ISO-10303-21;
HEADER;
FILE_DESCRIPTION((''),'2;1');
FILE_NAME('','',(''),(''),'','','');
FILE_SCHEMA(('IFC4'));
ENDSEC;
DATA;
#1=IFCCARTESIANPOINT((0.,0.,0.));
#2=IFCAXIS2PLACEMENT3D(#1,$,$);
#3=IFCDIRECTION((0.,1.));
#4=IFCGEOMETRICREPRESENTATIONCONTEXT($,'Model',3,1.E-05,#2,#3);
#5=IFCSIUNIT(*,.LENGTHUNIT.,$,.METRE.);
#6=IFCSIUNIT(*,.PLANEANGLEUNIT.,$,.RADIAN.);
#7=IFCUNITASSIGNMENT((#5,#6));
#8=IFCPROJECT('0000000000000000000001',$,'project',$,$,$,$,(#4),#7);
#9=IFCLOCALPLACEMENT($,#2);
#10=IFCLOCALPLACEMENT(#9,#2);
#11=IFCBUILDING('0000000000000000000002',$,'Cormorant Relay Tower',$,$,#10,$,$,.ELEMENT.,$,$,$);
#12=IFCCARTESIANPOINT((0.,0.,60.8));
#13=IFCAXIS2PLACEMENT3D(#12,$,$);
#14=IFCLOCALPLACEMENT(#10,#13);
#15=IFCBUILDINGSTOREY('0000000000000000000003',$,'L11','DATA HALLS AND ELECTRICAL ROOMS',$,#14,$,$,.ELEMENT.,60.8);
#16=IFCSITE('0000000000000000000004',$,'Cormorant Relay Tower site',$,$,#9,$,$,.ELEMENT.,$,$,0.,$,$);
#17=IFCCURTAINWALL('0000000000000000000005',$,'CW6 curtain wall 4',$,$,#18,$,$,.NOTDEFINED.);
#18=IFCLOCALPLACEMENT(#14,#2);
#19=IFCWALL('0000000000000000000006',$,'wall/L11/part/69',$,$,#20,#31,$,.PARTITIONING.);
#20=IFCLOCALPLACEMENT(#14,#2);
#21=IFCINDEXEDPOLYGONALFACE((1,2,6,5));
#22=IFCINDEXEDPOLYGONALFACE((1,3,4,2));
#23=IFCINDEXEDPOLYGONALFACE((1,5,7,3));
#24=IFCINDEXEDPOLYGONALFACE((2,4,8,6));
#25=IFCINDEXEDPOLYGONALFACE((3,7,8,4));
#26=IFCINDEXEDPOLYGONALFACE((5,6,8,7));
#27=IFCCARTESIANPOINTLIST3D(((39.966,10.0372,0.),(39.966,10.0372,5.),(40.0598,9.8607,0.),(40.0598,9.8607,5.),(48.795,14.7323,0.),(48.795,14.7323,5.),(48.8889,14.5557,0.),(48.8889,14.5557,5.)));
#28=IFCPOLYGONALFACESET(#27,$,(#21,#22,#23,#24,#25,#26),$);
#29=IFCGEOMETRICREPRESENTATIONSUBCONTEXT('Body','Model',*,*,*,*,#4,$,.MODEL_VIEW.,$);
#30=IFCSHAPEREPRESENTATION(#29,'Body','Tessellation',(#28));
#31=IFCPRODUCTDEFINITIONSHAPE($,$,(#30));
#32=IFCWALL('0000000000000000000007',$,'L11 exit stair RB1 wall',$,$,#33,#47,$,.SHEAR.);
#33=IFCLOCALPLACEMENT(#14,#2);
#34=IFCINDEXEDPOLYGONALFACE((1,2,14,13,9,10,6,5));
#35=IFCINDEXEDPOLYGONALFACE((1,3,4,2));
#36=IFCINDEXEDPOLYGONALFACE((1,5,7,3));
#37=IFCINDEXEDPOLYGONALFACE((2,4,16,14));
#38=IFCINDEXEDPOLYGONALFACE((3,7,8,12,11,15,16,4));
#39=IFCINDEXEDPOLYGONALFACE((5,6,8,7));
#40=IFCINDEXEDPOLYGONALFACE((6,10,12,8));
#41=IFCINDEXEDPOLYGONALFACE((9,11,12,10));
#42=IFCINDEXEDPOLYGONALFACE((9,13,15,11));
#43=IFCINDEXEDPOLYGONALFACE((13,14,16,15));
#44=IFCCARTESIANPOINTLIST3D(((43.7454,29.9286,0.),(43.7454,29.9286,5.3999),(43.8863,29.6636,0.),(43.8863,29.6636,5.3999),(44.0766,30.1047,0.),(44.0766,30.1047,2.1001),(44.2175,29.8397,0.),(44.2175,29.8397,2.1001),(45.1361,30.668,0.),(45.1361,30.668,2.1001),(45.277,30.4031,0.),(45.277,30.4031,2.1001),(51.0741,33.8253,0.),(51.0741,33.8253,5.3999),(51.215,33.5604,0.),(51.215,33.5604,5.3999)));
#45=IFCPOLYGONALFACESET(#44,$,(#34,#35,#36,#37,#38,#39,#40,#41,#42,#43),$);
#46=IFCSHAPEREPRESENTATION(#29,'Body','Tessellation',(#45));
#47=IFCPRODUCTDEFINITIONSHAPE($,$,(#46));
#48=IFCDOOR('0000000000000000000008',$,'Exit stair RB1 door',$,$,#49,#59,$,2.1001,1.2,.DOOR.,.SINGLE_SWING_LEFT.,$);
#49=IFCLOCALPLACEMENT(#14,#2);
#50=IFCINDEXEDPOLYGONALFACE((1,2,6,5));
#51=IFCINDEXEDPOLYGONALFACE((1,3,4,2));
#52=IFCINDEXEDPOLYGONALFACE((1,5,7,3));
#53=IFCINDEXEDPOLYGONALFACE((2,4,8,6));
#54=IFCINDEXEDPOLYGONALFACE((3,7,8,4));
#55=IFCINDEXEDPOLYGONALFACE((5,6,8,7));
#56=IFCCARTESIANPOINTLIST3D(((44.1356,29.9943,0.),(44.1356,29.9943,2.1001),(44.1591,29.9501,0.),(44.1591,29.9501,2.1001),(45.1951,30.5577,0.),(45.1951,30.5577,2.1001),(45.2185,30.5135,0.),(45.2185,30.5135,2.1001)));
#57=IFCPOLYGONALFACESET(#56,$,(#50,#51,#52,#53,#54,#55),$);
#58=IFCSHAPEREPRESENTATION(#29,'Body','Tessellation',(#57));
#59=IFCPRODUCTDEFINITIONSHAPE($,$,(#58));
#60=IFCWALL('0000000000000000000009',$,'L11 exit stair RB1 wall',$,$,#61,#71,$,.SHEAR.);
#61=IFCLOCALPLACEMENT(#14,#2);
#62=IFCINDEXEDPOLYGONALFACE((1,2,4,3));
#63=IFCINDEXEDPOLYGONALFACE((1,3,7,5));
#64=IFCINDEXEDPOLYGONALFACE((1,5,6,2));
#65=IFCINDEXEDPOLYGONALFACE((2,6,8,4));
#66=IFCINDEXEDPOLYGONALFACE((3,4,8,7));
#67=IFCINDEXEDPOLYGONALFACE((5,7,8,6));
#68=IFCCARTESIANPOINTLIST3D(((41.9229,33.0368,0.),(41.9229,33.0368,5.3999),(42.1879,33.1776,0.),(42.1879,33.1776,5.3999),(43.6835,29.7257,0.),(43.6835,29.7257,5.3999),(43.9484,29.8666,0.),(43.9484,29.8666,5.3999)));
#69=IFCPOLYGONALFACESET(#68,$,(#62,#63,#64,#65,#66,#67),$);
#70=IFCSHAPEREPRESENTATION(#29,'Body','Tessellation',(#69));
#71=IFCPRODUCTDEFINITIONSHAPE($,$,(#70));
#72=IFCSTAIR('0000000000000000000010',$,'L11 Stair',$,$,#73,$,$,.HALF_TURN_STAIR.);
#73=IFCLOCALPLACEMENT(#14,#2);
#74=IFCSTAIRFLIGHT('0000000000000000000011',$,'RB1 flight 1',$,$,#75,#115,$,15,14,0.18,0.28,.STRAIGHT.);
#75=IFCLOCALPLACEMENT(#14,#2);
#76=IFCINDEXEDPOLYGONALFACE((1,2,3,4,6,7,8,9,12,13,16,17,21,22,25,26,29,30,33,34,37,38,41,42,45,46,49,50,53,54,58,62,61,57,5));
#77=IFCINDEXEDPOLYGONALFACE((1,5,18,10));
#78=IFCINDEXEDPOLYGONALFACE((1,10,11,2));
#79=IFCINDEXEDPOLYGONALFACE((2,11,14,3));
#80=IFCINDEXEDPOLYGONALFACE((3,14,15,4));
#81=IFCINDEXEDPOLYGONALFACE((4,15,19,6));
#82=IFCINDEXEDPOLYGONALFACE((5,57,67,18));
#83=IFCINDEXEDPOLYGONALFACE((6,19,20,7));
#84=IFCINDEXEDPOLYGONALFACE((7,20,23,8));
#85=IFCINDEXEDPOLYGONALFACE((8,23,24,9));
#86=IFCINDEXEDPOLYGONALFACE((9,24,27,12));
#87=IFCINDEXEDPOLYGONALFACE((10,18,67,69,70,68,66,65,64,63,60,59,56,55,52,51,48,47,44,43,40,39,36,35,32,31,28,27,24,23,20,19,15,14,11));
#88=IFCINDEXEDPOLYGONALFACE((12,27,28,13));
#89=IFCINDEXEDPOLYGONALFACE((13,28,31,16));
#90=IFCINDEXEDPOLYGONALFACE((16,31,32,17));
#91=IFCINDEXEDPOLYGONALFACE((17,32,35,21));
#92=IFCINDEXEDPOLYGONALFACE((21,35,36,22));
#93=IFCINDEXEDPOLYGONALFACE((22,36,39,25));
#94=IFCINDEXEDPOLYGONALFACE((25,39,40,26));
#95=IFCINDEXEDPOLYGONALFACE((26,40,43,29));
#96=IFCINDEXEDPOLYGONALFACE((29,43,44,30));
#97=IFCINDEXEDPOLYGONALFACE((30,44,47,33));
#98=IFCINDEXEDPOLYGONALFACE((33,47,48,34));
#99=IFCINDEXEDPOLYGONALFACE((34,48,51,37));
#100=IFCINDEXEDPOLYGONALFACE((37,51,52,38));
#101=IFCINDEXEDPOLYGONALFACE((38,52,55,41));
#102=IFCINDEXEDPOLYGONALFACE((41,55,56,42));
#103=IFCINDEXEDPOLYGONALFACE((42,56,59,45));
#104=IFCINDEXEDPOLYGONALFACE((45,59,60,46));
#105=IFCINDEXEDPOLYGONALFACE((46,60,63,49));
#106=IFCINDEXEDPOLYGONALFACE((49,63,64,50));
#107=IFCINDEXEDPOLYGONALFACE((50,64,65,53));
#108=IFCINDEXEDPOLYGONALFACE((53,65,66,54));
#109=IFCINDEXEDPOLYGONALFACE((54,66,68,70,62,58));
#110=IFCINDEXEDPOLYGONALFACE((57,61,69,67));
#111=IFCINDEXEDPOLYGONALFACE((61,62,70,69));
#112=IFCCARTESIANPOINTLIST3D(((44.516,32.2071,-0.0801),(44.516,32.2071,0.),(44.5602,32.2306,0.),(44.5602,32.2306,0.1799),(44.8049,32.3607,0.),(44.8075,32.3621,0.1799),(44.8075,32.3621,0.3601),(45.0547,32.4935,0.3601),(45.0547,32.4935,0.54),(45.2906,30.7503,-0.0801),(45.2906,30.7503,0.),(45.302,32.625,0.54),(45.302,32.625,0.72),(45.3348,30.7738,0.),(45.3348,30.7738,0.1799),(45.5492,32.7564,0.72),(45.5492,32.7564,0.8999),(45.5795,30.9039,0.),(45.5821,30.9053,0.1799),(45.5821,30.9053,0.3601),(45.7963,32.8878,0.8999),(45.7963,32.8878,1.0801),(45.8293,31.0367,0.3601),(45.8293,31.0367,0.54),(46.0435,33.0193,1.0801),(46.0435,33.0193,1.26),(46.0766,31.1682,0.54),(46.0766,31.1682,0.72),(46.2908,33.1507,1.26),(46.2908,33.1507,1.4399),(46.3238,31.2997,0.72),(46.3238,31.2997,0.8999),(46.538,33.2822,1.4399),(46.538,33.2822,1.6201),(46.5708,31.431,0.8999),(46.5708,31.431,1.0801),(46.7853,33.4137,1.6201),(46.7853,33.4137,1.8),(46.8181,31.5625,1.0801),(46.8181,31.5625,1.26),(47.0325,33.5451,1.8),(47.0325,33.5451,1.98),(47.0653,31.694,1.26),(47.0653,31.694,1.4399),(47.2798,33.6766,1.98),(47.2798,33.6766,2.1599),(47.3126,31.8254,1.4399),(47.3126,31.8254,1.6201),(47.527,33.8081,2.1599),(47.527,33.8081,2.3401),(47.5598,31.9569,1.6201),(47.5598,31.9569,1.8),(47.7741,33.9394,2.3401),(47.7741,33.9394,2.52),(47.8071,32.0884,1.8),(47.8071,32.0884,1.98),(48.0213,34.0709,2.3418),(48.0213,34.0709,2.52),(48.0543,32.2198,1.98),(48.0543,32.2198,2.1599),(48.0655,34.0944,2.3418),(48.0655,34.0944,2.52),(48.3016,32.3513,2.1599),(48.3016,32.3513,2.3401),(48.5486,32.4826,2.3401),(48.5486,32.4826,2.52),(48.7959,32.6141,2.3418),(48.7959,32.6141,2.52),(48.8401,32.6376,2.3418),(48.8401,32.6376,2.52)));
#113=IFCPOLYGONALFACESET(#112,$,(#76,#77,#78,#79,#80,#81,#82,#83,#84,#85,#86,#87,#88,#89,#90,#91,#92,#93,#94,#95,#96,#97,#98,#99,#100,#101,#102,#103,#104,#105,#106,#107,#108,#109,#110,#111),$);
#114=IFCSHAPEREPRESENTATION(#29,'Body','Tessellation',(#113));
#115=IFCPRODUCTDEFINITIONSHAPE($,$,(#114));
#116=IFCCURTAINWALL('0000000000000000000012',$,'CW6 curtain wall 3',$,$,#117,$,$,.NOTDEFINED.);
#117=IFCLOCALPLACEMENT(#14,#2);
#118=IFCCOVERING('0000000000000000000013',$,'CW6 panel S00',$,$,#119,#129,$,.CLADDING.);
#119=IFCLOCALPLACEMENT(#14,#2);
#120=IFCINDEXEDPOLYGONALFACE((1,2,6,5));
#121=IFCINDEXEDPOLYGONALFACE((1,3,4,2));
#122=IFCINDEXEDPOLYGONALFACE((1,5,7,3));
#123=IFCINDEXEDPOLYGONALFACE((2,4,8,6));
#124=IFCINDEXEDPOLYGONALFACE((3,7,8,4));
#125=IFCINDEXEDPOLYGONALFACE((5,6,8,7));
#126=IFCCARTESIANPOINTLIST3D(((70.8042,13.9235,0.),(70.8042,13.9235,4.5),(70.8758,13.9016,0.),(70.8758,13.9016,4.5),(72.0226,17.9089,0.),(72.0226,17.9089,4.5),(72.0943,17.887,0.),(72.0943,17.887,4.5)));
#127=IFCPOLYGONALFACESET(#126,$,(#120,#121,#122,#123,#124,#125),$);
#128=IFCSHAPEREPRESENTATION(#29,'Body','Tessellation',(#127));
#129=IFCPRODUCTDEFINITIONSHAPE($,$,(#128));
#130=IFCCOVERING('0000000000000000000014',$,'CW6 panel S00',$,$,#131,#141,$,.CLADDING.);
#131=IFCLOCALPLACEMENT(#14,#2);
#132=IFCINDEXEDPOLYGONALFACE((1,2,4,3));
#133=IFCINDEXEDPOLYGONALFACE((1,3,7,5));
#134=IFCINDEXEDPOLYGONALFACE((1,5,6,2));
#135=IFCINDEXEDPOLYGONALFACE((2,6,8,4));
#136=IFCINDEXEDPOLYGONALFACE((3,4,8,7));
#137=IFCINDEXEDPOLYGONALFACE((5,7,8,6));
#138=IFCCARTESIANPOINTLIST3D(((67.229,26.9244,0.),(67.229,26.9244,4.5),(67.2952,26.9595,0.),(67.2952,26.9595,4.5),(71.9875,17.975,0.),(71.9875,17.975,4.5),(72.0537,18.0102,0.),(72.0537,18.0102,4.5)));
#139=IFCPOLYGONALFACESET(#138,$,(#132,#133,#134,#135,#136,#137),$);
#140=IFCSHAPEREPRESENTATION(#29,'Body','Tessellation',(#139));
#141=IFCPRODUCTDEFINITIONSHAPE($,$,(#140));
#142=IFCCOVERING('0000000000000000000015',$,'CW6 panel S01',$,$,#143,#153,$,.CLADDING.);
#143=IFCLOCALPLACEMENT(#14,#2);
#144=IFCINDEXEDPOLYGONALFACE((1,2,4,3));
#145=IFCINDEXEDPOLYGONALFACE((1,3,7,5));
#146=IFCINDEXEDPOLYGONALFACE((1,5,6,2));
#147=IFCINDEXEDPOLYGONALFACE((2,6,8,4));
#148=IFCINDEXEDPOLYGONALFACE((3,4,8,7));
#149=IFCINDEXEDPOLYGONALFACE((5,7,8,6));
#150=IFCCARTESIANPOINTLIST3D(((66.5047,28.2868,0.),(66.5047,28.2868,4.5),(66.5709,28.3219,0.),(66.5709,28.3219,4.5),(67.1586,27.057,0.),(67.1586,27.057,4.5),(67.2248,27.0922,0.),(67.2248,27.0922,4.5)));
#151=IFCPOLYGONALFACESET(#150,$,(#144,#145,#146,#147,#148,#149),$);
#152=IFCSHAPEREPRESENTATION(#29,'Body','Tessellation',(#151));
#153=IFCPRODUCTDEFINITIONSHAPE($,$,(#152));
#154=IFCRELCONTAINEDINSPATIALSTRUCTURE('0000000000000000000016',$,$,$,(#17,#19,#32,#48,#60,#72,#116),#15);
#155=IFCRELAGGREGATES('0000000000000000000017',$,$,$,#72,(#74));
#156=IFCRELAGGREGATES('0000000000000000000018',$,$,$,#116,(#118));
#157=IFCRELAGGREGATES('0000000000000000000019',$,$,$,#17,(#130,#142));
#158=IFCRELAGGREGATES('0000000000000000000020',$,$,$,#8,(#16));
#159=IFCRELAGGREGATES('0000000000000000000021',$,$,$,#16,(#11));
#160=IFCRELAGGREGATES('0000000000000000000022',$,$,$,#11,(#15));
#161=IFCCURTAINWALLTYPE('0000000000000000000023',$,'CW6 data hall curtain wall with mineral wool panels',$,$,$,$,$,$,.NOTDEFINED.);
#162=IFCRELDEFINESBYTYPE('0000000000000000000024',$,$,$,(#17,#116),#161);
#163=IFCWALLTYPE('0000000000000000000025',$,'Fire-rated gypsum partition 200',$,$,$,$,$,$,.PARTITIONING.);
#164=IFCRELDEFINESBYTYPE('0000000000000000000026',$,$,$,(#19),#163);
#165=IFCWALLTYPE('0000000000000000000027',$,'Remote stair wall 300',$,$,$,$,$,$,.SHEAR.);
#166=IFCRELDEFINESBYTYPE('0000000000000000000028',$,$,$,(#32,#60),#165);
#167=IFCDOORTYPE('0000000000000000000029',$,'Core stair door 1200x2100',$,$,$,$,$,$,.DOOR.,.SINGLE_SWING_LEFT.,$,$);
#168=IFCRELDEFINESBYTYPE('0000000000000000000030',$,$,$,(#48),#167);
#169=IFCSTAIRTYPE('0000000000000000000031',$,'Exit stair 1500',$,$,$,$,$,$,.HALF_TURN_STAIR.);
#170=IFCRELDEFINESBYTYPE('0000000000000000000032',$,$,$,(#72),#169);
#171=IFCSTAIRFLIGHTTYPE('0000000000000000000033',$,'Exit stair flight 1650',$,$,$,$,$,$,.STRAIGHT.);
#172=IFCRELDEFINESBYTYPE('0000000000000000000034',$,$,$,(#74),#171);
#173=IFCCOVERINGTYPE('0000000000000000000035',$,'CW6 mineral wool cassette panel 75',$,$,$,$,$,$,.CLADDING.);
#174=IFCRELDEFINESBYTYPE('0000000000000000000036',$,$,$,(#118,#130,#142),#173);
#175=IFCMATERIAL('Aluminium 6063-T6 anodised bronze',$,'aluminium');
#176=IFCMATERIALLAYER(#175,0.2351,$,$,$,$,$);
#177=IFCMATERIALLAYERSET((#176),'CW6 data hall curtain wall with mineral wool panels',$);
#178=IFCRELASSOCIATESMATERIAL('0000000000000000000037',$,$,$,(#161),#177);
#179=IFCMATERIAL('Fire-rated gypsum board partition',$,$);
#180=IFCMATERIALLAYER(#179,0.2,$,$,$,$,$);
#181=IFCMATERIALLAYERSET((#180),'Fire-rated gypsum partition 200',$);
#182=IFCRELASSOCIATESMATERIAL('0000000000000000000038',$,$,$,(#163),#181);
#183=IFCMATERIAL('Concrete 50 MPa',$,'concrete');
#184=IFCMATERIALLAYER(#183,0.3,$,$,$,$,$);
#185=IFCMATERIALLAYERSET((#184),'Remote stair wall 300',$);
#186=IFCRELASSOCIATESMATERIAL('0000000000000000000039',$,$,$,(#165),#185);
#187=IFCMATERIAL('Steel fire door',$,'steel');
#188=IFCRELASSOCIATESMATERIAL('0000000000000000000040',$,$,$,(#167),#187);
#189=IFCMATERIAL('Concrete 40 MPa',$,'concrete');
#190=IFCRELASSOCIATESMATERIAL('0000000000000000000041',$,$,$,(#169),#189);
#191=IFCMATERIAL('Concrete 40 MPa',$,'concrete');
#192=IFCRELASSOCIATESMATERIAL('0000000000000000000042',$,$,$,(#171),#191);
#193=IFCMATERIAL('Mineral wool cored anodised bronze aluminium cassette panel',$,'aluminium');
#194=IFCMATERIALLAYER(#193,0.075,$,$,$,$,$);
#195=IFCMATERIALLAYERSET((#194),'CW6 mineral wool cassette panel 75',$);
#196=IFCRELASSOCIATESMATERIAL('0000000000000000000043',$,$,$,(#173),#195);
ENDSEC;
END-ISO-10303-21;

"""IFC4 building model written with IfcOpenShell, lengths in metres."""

from ifc_helpers import new_model, si_unit, direction, frame, frame_2d, origin, origin_2d, place, context, subcontext, project, spatial, polyline, rectangle, outline, extrude, material, layer, layer_set, type_object, element, fill, aggregate, save


model = new_model("IFC4")

# Units and contexts
model_context = context("Model", 3, precision=1e-05, world=origin(), true_north=direction((0.0, 1.0)))
body_context = subcontext(model_context, "Body", "Model", "MODEL_VIEW")
ifc_project = project(units=[si_unit("LENGTHUNIT", "METRE"), si_unit("PLANEANGLEUNIT", "RADIAN")], contexts=[model_context])

# Site, building, storey
site_placement = place(None, origin())
site = spatial("IfcSite", under=ifc_project, at=site_placement, Name="Cormorant Relay Tower site", CompositionType="ELEMENT", RefElevation=0.0)
building_placement = place(site_placement, origin())
building = spatial("IfcBuilding", under=site, at=building_placement, Name="Cormorant Relay Tower", CompositionType="ELEMENT")
storey_placement = place(building_placement, frame((0.0, 0.0, 60.8)))
storey = spatial("IfcBuildingStorey", under=building, at=storey_placement, Name="L11", Description="DATA HALLS AND ELECTRICAL ROOMS", CompositionType="ELEMENT", Elevation=60.8)

# Curtain wall
ifc_material_1 = material(Name="Aluminium 6063-T6 anodised bronze", Category="aluminium")
ifc_layer_1 = layer(ifc_material_1, 0.2351)
ifc_layer_set_1 = layer_set([ifc_layer_1], Name="CW6 data hall curtain wall with mineral wool panels")
curtain_wall_type = type_object("IfcCurtainWallType", Name="CW6 data hall curtain wall with mineral wool panels", PredefinedType="NOTDEFINED", material=ifc_layer_set_1)
curtain_wall_1_placement = place(storey_placement, origin())
curtain_wall_1 = element("IfcCurtainWall", 1, at=curtain_wall_1_placement, inside=storey, type_object=curtain_wall_type, Name="CW6 curtain wall 4", PredefinedType="NOTDEFINED")

# Shared definitions
ifc_material_2 = material(Name="Fire-rated gypsum board partition")
ifc_layer_2 = layer(ifc_material_2, 0.2)
ifc_layer_set_2 = layer_set([ifc_layer_2], Name="Fire-rated gypsum partition 200")
wall_type_1 = type_object("IfcWallType", Name="Fire-rated gypsum partition 200", PredefinedType="PARTITIONING", material=ifc_layer_set_2)

# Wall
wall_1_placement = place(storey_placement, frame((48.842, 14.644, 0.0), z_axis=(0.0, 0.0, 1.0), x_axis=(-0.882925, -0.469515, 0.0)))
element("IfcWall", 2, at=wall_1_placement, inside=storey, type_object=wall_type_1, Name="wall/L11/part/69", PredefinedType="PARTITIONING", context=body_context, shape_type="SweptSolid", body=[
    extrude(rectangle(XDim=9.9998, YDim=0.2, at=frame_2d((5.0, 0.0))), origin(), (0.0, 0.0, 1.0), 5.0),
])

# Wall, opening, door
ifc_material_3 = material(Name="Concrete 50 MPa", Category="concrete")
ifc_layer_3 = layer(ifc_material_3, 0.3)
ifc_layer_set_3 = layer_set([ifc_layer_3], Name="Remote stair wall 300")
wall_type_2 = type_object("IfcWallType", Name="Remote stair wall 300", PredefinedType="SHEAR", material=ifc_layer_set_3)
wall_2_placement = place(storey_placement, frame((51.1445, 33.6929, 0.0), z_axis=(0.0, 0.0, 1.0), x_axis=(-0.882946, -0.469475, 0.0)))
wall_2 = element("IfcWall", 3, at=wall_2_placement, inside=storey, type_object=wall_type_2, Name="L11 exit stair RB1 wall", PredefinedType="SHEAR", context=body_context, shape_type="SweptSolid", body=[
    extrude(rectangle(XDim=8.3003, YDim=0.3, at=frame_2d((4.1501, 0.0))), origin(), (0.0, 0.0, 1.0), 5.3999),
])
opening_1_placement = place(wall_2_placement, frame((6.7251, 0.0, 0.0)))
opening_1 = element("IfcOpeningElement", 4, at=opening_1_placement, cuts=wall_2, PredefinedType="OPENING", context=body_context, shape_type="SweptSolid", body=[
    extrude(rectangle(XDim=1.2, YDim=2.1001, at=frame_2d((0.6001, 1.05))), frame((0.0, 0.1599, 0.0), z_axis=(0.0, -1.0, 0.0), x_axis=(1.0, 0.0, 0.0)), (0.0, 0.0, 1.0), 0.3201),
])
ifc_material_4 = material(Name="Steel fire door", Category="steel")
door_type_1 = type_object("IfcDoorType", Name="Core stair door 1200x2100", OperationType="SINGLE_SWING_LEFT", PredefinedType="DOOR", material=ifc_material_4)
door_1_placement = place(opening_1_placement, frame((1.2, 0.0, 0.0), z_axis=(0.0, 0.0, 1.0), x_axis=(-1.0, 0.0, 0.0)))
door_1 = element("IfcDoor", 5, at=door_1_placement, inside=storey, type_object=door_type_1, Name="Exit stair RB1 door", OperationType="SINGLE_SWING_LEFT", OverallHeight=2.1001, OverallWidth=1.2, PredefinedType="DOOR", context=body_context, shape_type="SweptSolid", body=[
    extrude(rectangle(XDim=1.2, YDim=2.1001, at=frame_2d((0.6001, 1.05))), frame((0.0, 0.0249, 0.0), z_axis=(0.0, -1.0, 0.0), x_axis=(1.0, 0.0, 0.0)), (0.0, 0.0, 1.0), 0.05),
])
fill(opening_1, door_1)

# Wall
wall_3_placement = place(storey_placement, frame((43.8159, 29.7961, 0.0), z_axis=(0.0, 0.0, 1.0), x_axis=(-0.469469, 0.882949, 0.0)))
element("IfcWall", 6, at=wall_3_placement, inside=storey, type_object=wall_type_2, Name="L11 exit stair RB1 wall", PredefinedType="SHEAR", context=body_context, shape_type="SweptSolid", body=[
    extrude(rectangle(XDim=3.75, YDim=0.3, at=frame_2d((1.875, 0.0))), origin(), (0.0, 0.0, 1.0), 5.3999),
])

# Stair, stair flight
ifc_material_5 = material(Name="Concrete 40 MPa", Category="concrete")
stair_type = type_object("IfcStairType", Name="Exit stair 1500", PredefinedType="HALF_TURN_STAIR", material=ifc_material_5)
stair_placement = place(storey_placement, origin())
stair = element("IfcStair", 7, at=stair_placement, inside=storey, type_object=stair_type, Name="L11 Stair", PredefinedType="HALF_TURN_STAIR")
ifc_material_6 = material(Name="Concrete 40 MPa", Category="concrete")
stair_flight_type = type_object("IfcStairFlightType", Name="Exit stair flight 1650", PredefinedType="STRAIGHT", material=ifc_material_6)
stair_flight_placement = place(storey_placement, frame((44.9475, 31.5022, 0.0), z_axis=(0.0, 0.0, 1.0), x_axis=(0.882948, 0.469472, 0.0)))
stair_flight = element("IfcStairFlight", 8, at=stair_flight_placement, type_object=stair_flight_type, Name="RB1 flight 1", NumberOfRisers=15, NumberOfTreads=14, PredefinedType="STRAIGHT", RiserHeight=0.18, TreadLength=0.28, context=body_context, shape_type="SweptSolid", body=[
    extrude(outline(polyline([(-0.05, -0.0801), (-0.05, 0.0), (0.0, 0.0), (0.0, 0.1799), (0.28, 0.1799), (0.28, 0.3601), (0.5601, 0.3601), (0.5601, 0.54), (0.8401, 0.54), (0.8401, 0.72), (1.1201, 0.72), (1.1201, 0.8999), (1.3999, 0.8999), (1.3999, 1.0801), (1.6799, 1.0801), (1.6799, 1.26), (1.96, 1.26), (1.96, 1.4399), (2.24, 1.4399), (2.24, 1.6201), (2.52, 1.6201), (2.52, 1.8), (2.8, 1.8), (2.8, 1.98), (3.0801, 1.98), (3.0801, 2.1599), (3.3601, 2.1599), (3.3601, 2.3401), (3.6399, 2.3401), (3.6399, 2.52), (3.9199, 2.52), (3.97, 2.52), (3.97, 2.3418), (3.9199, 2.3418), (0.2771, 0.0), (-0.05, -0.0801)])), frame((0.0, 0.825, 0.0), z_axis=(0.0, -1.0, 0.0), x_axis=(1.0, 0.0, 0.0)), (0.0, 0.0, 1.0), 1.6499),
])
aggregate(stair, [stair_flight])

# Curtain wall, covering
curtain_wall_2_placement = place(storey_placement, origin())
curtain_wall_2 = element("IfcCurtainWall", 9, at=curtain_wall_2_placement, inside=storey, type_object=curtain_wall_type, Name="CW6 curtain wall 3", PredefinedType="NOTDEFINED")
ifc_material_7 = material(Name="Mineral wool cored anodised bronze aluminium cassette panel", Category="aluminium")
ifc_layer_4 = layer(ifc_material_7, 0.075)
ifc_layer_set_4 = layer_set([ifc_layer_4], Name="CW6 mineral wool cassette panel 75")
covering_type = type_object("IfcCoveringType", Name="CW6 mineral wool cassette panel 75", PredefinedType="CLADDING", material=ifc_layer_set_4)
covering_1_placement = place(storey_placement, frame((71.4492, 15.9053, 0.0), z_axis=(0.0, 0.0, 1.0), x_axis=(0.292372, 0.956305, 0.0)))
covering_1 = element("IfcCovering", 10, at=covering_1_placement, type_object=covering_type, Name="CW6 panel S00", PredefinedType="CLADDING", context=body_context, shape_type="SweptSolid", body=[
    extrude(rectangle(XDim=4.1675, YDim=0.075, at=origin_2d()), origin(), (0.0, 0.0, 1.0), 4.5),
])
aggregate(curtain_wall_2, [covering_1])

# Coverings
covering_2_placement = place(storey_placement, frame((69.6414, 22.4673, 0.0), z_axis=(0.0, 0.0, 1.0), x_axis=(-0.469472, 0.882948, 0.0)))
covering_2 = element("IfcCovering", 11, at=covering_2_placement, type_object=covering_type, Name="CW6 panel S00", PredefinedType="CLADDING", context=body_context, shape_type="SweptSolid", body=[
    extrude(rectangle(XDim=10.1357, YDim=0.075, at=origin_2d()), origin(), (0.0, 0.0, 1.0), 4.5),
])
covering_3_placement = place(storey_placement, frame((66.8647, 27.6895, 0.0), z_axis=(0.0, 0.0, 1.0), x_axis=(-0.469472, 0.882948, 0.0)))
covering_3 = element("IfcCovering", 12, at=covering_3_placement, type_object=covering_type, Name="CW6 panel S01", PredefinedType="CLADDING", context=body_context, shape_type="SweptSolid", body=[
    extrude(rectangle(XDim=1.3928, YDim=0.075, at=origin_2d()), origin(), (0.0, 0.0, 1.0), 4.5),
])
aggregate(curtain_wall_1, [covering_2, covering_3])

save(model, "model.ifc")
